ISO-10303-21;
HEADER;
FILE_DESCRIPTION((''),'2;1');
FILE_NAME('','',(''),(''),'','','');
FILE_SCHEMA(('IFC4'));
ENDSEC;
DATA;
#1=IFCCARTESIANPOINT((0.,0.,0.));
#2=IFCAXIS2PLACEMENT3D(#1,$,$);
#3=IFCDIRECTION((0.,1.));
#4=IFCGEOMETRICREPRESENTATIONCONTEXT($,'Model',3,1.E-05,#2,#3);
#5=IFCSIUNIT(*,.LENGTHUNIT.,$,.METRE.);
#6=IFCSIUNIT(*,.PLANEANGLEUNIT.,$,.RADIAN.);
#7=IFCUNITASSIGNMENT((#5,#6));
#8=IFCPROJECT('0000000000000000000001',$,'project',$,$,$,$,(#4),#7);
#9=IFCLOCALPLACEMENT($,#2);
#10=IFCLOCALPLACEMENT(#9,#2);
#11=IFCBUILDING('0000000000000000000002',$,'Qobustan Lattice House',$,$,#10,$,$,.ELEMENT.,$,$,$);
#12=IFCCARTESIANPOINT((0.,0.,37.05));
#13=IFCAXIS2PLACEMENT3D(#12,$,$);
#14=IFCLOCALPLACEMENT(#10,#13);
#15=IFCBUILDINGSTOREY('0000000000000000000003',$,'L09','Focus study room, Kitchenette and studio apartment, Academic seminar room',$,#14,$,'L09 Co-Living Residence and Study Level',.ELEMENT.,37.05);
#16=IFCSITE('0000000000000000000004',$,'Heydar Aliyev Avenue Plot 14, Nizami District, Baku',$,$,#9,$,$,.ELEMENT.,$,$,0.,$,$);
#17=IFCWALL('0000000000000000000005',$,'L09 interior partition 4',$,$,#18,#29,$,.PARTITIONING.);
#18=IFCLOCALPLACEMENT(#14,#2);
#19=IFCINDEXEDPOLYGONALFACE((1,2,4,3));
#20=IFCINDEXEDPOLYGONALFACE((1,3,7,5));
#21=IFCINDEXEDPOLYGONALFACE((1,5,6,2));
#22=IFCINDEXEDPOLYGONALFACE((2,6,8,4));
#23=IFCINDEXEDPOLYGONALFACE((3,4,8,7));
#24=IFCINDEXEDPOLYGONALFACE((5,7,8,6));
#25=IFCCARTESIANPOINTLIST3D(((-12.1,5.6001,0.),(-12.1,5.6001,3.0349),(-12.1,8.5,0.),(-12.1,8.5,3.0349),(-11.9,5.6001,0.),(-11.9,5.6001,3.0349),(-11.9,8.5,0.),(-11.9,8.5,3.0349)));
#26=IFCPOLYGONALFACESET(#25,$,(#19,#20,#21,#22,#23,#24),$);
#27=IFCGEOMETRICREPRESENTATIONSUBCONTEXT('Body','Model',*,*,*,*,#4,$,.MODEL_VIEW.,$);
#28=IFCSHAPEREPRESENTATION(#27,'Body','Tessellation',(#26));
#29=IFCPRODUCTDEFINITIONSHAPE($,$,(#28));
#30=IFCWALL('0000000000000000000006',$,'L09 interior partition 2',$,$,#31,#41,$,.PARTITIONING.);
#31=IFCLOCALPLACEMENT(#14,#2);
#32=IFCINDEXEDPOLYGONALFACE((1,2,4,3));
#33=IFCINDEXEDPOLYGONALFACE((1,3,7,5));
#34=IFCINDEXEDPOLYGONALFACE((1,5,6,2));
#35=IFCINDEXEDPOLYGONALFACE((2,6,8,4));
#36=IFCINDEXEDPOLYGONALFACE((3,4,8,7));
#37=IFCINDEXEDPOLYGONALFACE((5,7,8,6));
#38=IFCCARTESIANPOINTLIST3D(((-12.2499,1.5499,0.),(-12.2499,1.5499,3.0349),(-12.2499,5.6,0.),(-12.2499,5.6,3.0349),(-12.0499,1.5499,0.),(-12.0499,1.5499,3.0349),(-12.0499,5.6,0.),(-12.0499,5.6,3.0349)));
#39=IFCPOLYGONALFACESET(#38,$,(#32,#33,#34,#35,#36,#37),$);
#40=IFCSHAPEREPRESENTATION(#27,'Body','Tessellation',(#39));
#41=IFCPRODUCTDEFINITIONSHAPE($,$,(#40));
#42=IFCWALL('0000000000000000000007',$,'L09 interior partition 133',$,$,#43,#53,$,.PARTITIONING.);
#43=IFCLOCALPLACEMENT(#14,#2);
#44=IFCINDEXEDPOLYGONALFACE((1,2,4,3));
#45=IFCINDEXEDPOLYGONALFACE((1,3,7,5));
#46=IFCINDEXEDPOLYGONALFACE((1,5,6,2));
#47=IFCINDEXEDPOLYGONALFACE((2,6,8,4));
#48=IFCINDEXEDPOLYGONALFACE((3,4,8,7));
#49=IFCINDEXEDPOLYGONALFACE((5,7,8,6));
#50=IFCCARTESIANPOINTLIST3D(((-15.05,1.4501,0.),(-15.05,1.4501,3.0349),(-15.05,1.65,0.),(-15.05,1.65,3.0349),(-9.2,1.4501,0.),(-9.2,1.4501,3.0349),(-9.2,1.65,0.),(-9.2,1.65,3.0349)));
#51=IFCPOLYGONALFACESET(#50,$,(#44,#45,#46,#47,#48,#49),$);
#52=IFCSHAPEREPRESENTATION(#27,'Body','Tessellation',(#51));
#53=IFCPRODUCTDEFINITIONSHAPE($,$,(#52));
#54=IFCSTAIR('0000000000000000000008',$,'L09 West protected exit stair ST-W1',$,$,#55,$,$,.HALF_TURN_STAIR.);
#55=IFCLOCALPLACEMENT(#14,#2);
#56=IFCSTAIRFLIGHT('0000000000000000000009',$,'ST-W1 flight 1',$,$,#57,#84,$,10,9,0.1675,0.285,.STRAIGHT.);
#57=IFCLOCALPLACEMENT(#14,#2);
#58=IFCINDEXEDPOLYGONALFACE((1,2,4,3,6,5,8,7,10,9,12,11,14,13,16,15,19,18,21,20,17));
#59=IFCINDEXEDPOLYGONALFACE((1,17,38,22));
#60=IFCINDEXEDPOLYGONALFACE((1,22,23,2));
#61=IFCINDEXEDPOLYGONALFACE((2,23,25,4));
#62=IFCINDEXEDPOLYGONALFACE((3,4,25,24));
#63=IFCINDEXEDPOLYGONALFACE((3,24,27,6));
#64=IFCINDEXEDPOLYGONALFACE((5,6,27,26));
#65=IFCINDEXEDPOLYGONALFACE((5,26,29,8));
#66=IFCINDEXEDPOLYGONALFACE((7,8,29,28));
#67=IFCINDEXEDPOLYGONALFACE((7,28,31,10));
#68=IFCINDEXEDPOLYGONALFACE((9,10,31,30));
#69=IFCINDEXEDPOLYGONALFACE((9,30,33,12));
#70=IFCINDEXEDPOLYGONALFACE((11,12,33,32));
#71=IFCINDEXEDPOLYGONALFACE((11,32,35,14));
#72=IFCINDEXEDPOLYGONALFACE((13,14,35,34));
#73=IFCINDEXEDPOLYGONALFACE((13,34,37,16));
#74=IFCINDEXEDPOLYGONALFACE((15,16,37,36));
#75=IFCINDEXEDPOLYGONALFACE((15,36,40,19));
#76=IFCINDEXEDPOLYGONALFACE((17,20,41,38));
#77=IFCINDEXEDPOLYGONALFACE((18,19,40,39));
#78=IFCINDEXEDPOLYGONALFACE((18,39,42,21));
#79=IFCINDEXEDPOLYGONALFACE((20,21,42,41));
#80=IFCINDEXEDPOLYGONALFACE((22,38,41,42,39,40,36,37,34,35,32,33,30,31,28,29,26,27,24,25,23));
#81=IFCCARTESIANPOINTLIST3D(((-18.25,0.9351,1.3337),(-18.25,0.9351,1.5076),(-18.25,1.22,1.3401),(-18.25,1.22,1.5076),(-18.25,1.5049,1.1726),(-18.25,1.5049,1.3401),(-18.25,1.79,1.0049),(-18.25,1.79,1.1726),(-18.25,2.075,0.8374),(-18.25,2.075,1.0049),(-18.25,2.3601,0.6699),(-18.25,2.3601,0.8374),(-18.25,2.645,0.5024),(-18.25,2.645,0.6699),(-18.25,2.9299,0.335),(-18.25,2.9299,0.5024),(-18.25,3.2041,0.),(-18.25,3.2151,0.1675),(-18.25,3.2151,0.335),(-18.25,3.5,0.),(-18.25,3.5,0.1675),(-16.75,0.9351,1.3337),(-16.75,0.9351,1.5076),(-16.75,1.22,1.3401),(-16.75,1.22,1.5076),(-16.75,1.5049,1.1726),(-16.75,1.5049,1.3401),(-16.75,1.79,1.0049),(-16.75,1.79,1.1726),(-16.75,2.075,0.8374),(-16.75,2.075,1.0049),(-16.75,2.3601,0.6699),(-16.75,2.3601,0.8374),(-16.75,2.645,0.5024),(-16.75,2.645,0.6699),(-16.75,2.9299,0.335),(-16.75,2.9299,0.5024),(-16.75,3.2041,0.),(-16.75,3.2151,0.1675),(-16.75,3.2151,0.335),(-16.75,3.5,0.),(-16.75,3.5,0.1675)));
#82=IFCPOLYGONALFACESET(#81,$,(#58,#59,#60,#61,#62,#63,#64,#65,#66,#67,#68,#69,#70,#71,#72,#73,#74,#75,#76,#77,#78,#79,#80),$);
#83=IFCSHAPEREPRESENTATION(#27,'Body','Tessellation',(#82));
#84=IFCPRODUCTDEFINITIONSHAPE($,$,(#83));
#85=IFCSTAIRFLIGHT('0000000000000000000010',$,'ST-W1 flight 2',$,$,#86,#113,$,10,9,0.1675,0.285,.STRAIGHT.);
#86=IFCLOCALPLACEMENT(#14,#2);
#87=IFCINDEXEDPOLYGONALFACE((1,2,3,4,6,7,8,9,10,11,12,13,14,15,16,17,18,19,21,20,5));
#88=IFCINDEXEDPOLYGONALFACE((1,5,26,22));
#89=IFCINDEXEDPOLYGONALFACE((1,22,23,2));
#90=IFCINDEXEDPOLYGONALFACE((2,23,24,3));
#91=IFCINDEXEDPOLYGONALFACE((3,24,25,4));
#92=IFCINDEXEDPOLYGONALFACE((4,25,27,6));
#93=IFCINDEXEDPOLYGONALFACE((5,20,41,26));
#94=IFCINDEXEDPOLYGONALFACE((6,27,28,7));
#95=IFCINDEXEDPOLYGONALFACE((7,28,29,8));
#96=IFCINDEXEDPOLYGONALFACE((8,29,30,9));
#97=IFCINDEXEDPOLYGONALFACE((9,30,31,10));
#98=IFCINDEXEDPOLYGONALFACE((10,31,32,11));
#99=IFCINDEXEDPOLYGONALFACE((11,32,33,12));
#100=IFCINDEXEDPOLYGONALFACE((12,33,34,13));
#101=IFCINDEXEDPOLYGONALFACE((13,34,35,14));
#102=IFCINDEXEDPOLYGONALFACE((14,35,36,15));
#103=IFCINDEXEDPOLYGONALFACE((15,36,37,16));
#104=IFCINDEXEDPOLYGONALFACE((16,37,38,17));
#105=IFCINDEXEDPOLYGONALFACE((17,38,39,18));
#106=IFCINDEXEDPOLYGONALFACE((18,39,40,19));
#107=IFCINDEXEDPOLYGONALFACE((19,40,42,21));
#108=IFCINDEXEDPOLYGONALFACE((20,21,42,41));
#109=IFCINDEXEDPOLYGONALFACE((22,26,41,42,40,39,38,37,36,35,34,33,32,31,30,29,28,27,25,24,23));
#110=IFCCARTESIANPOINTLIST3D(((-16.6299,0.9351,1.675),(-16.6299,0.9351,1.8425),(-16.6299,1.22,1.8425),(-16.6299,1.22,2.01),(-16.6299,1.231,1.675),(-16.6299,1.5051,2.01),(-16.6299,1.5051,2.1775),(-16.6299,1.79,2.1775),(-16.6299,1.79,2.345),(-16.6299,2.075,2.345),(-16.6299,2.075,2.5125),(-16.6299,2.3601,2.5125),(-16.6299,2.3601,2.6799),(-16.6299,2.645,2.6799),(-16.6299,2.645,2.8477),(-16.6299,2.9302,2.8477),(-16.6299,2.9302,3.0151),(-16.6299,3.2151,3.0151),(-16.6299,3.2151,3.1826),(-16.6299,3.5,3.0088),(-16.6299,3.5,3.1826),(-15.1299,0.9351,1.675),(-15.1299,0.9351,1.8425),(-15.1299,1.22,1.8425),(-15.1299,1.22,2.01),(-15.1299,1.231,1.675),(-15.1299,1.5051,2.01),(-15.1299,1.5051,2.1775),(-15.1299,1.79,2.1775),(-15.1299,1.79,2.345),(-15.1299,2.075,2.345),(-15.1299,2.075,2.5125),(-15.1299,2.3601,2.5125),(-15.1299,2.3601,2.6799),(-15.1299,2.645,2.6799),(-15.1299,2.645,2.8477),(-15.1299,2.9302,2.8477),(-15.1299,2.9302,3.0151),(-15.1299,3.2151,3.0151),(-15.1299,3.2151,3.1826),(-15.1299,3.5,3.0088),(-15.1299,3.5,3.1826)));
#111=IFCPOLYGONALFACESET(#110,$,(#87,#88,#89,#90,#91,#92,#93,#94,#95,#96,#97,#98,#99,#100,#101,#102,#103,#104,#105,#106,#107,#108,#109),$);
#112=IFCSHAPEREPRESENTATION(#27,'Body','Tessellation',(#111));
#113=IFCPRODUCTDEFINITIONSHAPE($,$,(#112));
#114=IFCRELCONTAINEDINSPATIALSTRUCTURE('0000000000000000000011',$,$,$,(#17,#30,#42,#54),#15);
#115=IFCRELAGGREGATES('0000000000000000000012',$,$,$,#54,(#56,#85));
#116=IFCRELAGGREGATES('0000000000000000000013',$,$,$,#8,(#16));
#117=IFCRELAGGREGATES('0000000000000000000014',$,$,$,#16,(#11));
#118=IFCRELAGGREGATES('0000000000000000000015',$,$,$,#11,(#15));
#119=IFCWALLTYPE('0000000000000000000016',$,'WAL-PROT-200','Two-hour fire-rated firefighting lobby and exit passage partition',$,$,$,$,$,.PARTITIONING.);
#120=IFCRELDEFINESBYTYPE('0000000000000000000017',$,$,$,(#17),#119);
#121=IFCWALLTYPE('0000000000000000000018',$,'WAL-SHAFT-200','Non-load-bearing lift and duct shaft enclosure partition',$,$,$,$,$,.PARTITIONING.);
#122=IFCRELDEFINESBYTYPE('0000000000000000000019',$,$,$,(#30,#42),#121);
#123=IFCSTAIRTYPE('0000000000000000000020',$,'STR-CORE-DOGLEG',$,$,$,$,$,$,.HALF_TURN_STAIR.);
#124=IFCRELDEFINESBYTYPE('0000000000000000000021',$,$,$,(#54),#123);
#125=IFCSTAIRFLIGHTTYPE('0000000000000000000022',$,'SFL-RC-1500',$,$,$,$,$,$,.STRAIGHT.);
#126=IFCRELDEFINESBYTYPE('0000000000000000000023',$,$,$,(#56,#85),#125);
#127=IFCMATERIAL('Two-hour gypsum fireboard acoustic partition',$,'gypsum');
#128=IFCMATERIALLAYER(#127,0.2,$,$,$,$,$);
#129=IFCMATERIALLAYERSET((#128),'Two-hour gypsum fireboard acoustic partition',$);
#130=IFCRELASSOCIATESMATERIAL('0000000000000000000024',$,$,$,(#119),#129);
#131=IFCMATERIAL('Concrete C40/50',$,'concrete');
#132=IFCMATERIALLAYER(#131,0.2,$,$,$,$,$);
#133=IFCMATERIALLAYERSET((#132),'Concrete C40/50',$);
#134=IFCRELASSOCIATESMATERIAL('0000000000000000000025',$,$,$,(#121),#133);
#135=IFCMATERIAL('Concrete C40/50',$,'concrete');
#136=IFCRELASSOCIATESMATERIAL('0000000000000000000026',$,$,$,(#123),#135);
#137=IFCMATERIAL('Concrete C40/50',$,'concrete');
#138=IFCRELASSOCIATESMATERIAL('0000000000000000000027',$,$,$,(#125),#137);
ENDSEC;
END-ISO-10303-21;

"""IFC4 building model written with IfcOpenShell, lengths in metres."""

from ifc_helpers import new_model, si_unit, direction, frame, frame_2d, origin, place, context, subcontext, project, spatial, polyline, rectangle, outline, extrude, material, layer, layer_set, type_object, element, aggregate, save


model = new_model("IFC4")

# Units and contexts
model_context = context("Model", 3, precision=1e-05, world=origin(), true_north=direction((0.0, 1.0)))
body_context = subcontext(model_context, "Body", "Model", "MODEL_VIEW")
ifc_project = project(units=[si_unit("LENGTHUNIT", "METRE"), si_unit("PLANEANGLEUNIT", "RADIAN")], contexts=[model_context])

# Site, building, storey
site_placement = place(None, origin())
site = spatial("IfcSite", under=ifc_project, at=site_placement, Name="Heydar Aliyev Avenue Plot 14, Nizami District, Baku", CompositionType="ELEMENT", RefElevation=0.0)
building_placement = place(site_placement, origin())
building = spatial("IfcBuilding", under=site, at=building_placement, Name="Qobustan Lattice House", CompositionType="ELEMENT")
storey_placement = place(building_placement, frame((0.0, 0.0, 37.05)))
storey = spatial("IfcBuildingStorey", under=building, at=storey_placement, Name="L09", Description="Focus study room, Kitchenette and studio apartment, Academic seminar room", LongName="L09 Co-Living Residence and Study Level", CompositionType="ELEMENT", Elevation=37.05)

# Walls
ifc_material_1 = material(Name="Two-hour gypsum fireboard acoustic partition", Category="gypsum")
ifc_layer_1 = layer(ifc_material_1, 0.2)
ifc_layer_set_1 = layer_set([ifc_layer_1], Name="Two-hour gypsum fireboard acoustic partition")
wall_type_1 = type_object("IfcWallType", Name="WAL-PROT-200", Description="Two-hour fire-rated firefighting lobby and exit passage partition", PredefinedType="PARTITIONING", material=ifc_layer_set_1)
wall_1_placement = place(storey_placement, frame((-12.0, 5.6001, 0.0), z_axis=(0.0, 0.0, 1.0), x_axis=(0.0, 1.0, 0.0)))
element("IfcWall", 1, at=wall_1_placement, inside=storey, type_object=wall_type_1, Name="L09 interior partition 4", PredefinedType="PARTITIONING", context=body_context, shape_type="SweptSolid", body=[
    extrude(rectangle(XDim=2.8999, YDim=0.2, at=frame_2d((1.45, 0.0))), origin(), (0.0, 0.0, 1.0), 3.0349),
])
ifc_material_2 = material(Name="Concrete C40/50", Category="concrete")
ifc_layer_2 = layer(ifc_material_2, 0.2)
ifc_layer_set_2 = layer_set([ifc_layer_2], Name="Concrete C40/50")
wall_type_2 = type_object("IfcWallType", Name="WAL-SHAFT-200", Description="Non-load-bearing lift and duct shaft enclosure partition", PredefinedType="PARTITIONING", material=ifc_layer_set_2)
wall_2_placement = place(storey_placement, frame((-12.1499, 1.55, 0.0), z_axis=(0.0, 0.0, 1.0), x_axis=(0.0, 1.0, 0.0)))
element("IfcWall", 2, at=wall_2_placement, inside=storey, type_object=wall_type_2, Name="L09 interior partition 2", PredefinedType="PARTITIONING", context=body_context, shape_type="SweptSolid", body=[
    extrude(rectangle(XDim=4.05, YDim=0.2, at=frame_2d((2.0249, 0.0))), origin(), (0.0, 0.0, 1.0), 3.0349),
])
wall_3_placement = place(storey_placement, frame((-15.05, 1.55, 0.0), z_axis=(0.0, 0.0, 1.0), x_axis=(1.0, 0.0, 0.0)))
element("IfcWall", 3, at=wall_3_placement, inside=storey, type_object=wall_type_2, Name="L09 interior partition 133", PredefinedType="PARTITIONING", context=body_context, shape_type="SweptSolid", body=[
    extrude(rectangle(XDim=5.8501, YDim=0.2, at=frame_2d((2.925, 0.0))), origin(), (0.0, 0.0, 1.0), 3.0349),
])

# Stair, stair flights
ifc_material_3 = material(Name="Concrete C40/50", Category="concrete")
stair_type = type_object("IfcStairType", Name="STR-CORE-DOGLEG", PredefinedType="HALF_TURN_STAIR", material=ifc_material_3)
stair_placement = place(storey_placement, origin())
stair = element("IfcStair", 4, at=stair_placement, inside=storey, type_object=stair_type, Name="L09 West protected exit stair ST-W1", PredefinedType="HALF_TURN_STAIR")
ifc_material_4 = material(Name="Concrete C40/50", Category="concrete")
stair_flight_type = type_object("IfcStairFlightType", Name="SFL-RC-1500", PredefinedType="STRAIGHT", material=ifc_material_4)
stair_flight_1_placement = place(storey_placement, frame((-17.5, 3.5, 0.0), z_axis=(0.0, 0.0, 1.0), x_axis=(0.0, -1.0, 0.0)))
stair_flight_1 = element("IfcStairFlight", 5, at=stair_flight_1_placement, type_object=stair_flight_type, Name="ST-W1 flight 1", NumberOfRisers=10, NumberOfTreads=9, PredefinedType="STRAIGHT", RiserHeight=0.1675, TreadLength=0.285, context=body_context, shape_type="SweptSolid", body=[
    extrude(outline(polyline([(0.0, 0.0), (0.0, 0.1675), (0.2849, 0.1675), (0.2849, 0.335), (0.5701, 0.335), (0.5701, 0.5024), (0.855, 0.5024), (0.855, 0.6699), (1.1399, 0.6699), (1.1399, 0.8374), (1.425, 0.8374), (1.425, 1.0049), (1.71, 1.0049), (1.71, 1.1726), (1.9951, 1.1726), (1.9951, 1.3401), (2.28, 1.3401), (2.28, 1.5076), (2.5649, 1.5076), (2.5649, 1.675), (2.5649, 1.3337), (0.2959, 0.0), (0.0, 0.0)])), frame((0.0, 0.75, 0.0), z_axis=(0.0, -1.0, 0.0), x_axis=(1.0, 0.0, 0.0)), (0.0, 0.0, 1.0), 1.5),
])
stair_flight_2_placement = place(storey_placement, frame((-15.8799, 0.9351, 1.675), z_axis=(0.0, 0.0, 1.0), x_axis=(0.0, 1.0, 0.0)))
stair_flight_2 = element("IfcStairFlight", 6, at=stair_flight_2_placement, type_object=stair_flight_type, Name="ST-W1 flight 2", NumberOfRisers=10, NumberOfTreads=9, PredefinedType="STRAIGHT", RiserHeight=0.1675, TreadLength=0.285, context=body_context, shape_type="SweptSolid", body=[
    extrude(outline(polyline([(0.0, 0.0), (0.0, 0.1675), (0.2849, 0.1675), (0.2849, 0.335), (0.5701, 0.335), (0.5701, 0.5024), (0.855, 0.5024), (0.855, 0.6699), (1.1399, 0.6699), (1.1399, 0.8374), (1.425, 0.8374), (1.425, 1.0049), (1.71, 1.0049), (1.71, 1.1726), (1.9951, 1.1726), (1.9951, 1.3401), (2.28, 1.3401), (2.28, 1.5076), (2.5649, 1.5076), (2.5649, 1.675), (2.5649, 1.3337), (0.2959, 0.0), (0.0, 0.0)])), frame((0.0, 0.75, 0.0), z_axis=(0.0, -1.0, 0.0), x_axis=(1.0, 0.0, 0.0)), (0.0, 0.0, 1.0), 1.5),
])
aggregate(stair, [stair_flight_1, stair_flight_2])

save(model, "model.ifc")
